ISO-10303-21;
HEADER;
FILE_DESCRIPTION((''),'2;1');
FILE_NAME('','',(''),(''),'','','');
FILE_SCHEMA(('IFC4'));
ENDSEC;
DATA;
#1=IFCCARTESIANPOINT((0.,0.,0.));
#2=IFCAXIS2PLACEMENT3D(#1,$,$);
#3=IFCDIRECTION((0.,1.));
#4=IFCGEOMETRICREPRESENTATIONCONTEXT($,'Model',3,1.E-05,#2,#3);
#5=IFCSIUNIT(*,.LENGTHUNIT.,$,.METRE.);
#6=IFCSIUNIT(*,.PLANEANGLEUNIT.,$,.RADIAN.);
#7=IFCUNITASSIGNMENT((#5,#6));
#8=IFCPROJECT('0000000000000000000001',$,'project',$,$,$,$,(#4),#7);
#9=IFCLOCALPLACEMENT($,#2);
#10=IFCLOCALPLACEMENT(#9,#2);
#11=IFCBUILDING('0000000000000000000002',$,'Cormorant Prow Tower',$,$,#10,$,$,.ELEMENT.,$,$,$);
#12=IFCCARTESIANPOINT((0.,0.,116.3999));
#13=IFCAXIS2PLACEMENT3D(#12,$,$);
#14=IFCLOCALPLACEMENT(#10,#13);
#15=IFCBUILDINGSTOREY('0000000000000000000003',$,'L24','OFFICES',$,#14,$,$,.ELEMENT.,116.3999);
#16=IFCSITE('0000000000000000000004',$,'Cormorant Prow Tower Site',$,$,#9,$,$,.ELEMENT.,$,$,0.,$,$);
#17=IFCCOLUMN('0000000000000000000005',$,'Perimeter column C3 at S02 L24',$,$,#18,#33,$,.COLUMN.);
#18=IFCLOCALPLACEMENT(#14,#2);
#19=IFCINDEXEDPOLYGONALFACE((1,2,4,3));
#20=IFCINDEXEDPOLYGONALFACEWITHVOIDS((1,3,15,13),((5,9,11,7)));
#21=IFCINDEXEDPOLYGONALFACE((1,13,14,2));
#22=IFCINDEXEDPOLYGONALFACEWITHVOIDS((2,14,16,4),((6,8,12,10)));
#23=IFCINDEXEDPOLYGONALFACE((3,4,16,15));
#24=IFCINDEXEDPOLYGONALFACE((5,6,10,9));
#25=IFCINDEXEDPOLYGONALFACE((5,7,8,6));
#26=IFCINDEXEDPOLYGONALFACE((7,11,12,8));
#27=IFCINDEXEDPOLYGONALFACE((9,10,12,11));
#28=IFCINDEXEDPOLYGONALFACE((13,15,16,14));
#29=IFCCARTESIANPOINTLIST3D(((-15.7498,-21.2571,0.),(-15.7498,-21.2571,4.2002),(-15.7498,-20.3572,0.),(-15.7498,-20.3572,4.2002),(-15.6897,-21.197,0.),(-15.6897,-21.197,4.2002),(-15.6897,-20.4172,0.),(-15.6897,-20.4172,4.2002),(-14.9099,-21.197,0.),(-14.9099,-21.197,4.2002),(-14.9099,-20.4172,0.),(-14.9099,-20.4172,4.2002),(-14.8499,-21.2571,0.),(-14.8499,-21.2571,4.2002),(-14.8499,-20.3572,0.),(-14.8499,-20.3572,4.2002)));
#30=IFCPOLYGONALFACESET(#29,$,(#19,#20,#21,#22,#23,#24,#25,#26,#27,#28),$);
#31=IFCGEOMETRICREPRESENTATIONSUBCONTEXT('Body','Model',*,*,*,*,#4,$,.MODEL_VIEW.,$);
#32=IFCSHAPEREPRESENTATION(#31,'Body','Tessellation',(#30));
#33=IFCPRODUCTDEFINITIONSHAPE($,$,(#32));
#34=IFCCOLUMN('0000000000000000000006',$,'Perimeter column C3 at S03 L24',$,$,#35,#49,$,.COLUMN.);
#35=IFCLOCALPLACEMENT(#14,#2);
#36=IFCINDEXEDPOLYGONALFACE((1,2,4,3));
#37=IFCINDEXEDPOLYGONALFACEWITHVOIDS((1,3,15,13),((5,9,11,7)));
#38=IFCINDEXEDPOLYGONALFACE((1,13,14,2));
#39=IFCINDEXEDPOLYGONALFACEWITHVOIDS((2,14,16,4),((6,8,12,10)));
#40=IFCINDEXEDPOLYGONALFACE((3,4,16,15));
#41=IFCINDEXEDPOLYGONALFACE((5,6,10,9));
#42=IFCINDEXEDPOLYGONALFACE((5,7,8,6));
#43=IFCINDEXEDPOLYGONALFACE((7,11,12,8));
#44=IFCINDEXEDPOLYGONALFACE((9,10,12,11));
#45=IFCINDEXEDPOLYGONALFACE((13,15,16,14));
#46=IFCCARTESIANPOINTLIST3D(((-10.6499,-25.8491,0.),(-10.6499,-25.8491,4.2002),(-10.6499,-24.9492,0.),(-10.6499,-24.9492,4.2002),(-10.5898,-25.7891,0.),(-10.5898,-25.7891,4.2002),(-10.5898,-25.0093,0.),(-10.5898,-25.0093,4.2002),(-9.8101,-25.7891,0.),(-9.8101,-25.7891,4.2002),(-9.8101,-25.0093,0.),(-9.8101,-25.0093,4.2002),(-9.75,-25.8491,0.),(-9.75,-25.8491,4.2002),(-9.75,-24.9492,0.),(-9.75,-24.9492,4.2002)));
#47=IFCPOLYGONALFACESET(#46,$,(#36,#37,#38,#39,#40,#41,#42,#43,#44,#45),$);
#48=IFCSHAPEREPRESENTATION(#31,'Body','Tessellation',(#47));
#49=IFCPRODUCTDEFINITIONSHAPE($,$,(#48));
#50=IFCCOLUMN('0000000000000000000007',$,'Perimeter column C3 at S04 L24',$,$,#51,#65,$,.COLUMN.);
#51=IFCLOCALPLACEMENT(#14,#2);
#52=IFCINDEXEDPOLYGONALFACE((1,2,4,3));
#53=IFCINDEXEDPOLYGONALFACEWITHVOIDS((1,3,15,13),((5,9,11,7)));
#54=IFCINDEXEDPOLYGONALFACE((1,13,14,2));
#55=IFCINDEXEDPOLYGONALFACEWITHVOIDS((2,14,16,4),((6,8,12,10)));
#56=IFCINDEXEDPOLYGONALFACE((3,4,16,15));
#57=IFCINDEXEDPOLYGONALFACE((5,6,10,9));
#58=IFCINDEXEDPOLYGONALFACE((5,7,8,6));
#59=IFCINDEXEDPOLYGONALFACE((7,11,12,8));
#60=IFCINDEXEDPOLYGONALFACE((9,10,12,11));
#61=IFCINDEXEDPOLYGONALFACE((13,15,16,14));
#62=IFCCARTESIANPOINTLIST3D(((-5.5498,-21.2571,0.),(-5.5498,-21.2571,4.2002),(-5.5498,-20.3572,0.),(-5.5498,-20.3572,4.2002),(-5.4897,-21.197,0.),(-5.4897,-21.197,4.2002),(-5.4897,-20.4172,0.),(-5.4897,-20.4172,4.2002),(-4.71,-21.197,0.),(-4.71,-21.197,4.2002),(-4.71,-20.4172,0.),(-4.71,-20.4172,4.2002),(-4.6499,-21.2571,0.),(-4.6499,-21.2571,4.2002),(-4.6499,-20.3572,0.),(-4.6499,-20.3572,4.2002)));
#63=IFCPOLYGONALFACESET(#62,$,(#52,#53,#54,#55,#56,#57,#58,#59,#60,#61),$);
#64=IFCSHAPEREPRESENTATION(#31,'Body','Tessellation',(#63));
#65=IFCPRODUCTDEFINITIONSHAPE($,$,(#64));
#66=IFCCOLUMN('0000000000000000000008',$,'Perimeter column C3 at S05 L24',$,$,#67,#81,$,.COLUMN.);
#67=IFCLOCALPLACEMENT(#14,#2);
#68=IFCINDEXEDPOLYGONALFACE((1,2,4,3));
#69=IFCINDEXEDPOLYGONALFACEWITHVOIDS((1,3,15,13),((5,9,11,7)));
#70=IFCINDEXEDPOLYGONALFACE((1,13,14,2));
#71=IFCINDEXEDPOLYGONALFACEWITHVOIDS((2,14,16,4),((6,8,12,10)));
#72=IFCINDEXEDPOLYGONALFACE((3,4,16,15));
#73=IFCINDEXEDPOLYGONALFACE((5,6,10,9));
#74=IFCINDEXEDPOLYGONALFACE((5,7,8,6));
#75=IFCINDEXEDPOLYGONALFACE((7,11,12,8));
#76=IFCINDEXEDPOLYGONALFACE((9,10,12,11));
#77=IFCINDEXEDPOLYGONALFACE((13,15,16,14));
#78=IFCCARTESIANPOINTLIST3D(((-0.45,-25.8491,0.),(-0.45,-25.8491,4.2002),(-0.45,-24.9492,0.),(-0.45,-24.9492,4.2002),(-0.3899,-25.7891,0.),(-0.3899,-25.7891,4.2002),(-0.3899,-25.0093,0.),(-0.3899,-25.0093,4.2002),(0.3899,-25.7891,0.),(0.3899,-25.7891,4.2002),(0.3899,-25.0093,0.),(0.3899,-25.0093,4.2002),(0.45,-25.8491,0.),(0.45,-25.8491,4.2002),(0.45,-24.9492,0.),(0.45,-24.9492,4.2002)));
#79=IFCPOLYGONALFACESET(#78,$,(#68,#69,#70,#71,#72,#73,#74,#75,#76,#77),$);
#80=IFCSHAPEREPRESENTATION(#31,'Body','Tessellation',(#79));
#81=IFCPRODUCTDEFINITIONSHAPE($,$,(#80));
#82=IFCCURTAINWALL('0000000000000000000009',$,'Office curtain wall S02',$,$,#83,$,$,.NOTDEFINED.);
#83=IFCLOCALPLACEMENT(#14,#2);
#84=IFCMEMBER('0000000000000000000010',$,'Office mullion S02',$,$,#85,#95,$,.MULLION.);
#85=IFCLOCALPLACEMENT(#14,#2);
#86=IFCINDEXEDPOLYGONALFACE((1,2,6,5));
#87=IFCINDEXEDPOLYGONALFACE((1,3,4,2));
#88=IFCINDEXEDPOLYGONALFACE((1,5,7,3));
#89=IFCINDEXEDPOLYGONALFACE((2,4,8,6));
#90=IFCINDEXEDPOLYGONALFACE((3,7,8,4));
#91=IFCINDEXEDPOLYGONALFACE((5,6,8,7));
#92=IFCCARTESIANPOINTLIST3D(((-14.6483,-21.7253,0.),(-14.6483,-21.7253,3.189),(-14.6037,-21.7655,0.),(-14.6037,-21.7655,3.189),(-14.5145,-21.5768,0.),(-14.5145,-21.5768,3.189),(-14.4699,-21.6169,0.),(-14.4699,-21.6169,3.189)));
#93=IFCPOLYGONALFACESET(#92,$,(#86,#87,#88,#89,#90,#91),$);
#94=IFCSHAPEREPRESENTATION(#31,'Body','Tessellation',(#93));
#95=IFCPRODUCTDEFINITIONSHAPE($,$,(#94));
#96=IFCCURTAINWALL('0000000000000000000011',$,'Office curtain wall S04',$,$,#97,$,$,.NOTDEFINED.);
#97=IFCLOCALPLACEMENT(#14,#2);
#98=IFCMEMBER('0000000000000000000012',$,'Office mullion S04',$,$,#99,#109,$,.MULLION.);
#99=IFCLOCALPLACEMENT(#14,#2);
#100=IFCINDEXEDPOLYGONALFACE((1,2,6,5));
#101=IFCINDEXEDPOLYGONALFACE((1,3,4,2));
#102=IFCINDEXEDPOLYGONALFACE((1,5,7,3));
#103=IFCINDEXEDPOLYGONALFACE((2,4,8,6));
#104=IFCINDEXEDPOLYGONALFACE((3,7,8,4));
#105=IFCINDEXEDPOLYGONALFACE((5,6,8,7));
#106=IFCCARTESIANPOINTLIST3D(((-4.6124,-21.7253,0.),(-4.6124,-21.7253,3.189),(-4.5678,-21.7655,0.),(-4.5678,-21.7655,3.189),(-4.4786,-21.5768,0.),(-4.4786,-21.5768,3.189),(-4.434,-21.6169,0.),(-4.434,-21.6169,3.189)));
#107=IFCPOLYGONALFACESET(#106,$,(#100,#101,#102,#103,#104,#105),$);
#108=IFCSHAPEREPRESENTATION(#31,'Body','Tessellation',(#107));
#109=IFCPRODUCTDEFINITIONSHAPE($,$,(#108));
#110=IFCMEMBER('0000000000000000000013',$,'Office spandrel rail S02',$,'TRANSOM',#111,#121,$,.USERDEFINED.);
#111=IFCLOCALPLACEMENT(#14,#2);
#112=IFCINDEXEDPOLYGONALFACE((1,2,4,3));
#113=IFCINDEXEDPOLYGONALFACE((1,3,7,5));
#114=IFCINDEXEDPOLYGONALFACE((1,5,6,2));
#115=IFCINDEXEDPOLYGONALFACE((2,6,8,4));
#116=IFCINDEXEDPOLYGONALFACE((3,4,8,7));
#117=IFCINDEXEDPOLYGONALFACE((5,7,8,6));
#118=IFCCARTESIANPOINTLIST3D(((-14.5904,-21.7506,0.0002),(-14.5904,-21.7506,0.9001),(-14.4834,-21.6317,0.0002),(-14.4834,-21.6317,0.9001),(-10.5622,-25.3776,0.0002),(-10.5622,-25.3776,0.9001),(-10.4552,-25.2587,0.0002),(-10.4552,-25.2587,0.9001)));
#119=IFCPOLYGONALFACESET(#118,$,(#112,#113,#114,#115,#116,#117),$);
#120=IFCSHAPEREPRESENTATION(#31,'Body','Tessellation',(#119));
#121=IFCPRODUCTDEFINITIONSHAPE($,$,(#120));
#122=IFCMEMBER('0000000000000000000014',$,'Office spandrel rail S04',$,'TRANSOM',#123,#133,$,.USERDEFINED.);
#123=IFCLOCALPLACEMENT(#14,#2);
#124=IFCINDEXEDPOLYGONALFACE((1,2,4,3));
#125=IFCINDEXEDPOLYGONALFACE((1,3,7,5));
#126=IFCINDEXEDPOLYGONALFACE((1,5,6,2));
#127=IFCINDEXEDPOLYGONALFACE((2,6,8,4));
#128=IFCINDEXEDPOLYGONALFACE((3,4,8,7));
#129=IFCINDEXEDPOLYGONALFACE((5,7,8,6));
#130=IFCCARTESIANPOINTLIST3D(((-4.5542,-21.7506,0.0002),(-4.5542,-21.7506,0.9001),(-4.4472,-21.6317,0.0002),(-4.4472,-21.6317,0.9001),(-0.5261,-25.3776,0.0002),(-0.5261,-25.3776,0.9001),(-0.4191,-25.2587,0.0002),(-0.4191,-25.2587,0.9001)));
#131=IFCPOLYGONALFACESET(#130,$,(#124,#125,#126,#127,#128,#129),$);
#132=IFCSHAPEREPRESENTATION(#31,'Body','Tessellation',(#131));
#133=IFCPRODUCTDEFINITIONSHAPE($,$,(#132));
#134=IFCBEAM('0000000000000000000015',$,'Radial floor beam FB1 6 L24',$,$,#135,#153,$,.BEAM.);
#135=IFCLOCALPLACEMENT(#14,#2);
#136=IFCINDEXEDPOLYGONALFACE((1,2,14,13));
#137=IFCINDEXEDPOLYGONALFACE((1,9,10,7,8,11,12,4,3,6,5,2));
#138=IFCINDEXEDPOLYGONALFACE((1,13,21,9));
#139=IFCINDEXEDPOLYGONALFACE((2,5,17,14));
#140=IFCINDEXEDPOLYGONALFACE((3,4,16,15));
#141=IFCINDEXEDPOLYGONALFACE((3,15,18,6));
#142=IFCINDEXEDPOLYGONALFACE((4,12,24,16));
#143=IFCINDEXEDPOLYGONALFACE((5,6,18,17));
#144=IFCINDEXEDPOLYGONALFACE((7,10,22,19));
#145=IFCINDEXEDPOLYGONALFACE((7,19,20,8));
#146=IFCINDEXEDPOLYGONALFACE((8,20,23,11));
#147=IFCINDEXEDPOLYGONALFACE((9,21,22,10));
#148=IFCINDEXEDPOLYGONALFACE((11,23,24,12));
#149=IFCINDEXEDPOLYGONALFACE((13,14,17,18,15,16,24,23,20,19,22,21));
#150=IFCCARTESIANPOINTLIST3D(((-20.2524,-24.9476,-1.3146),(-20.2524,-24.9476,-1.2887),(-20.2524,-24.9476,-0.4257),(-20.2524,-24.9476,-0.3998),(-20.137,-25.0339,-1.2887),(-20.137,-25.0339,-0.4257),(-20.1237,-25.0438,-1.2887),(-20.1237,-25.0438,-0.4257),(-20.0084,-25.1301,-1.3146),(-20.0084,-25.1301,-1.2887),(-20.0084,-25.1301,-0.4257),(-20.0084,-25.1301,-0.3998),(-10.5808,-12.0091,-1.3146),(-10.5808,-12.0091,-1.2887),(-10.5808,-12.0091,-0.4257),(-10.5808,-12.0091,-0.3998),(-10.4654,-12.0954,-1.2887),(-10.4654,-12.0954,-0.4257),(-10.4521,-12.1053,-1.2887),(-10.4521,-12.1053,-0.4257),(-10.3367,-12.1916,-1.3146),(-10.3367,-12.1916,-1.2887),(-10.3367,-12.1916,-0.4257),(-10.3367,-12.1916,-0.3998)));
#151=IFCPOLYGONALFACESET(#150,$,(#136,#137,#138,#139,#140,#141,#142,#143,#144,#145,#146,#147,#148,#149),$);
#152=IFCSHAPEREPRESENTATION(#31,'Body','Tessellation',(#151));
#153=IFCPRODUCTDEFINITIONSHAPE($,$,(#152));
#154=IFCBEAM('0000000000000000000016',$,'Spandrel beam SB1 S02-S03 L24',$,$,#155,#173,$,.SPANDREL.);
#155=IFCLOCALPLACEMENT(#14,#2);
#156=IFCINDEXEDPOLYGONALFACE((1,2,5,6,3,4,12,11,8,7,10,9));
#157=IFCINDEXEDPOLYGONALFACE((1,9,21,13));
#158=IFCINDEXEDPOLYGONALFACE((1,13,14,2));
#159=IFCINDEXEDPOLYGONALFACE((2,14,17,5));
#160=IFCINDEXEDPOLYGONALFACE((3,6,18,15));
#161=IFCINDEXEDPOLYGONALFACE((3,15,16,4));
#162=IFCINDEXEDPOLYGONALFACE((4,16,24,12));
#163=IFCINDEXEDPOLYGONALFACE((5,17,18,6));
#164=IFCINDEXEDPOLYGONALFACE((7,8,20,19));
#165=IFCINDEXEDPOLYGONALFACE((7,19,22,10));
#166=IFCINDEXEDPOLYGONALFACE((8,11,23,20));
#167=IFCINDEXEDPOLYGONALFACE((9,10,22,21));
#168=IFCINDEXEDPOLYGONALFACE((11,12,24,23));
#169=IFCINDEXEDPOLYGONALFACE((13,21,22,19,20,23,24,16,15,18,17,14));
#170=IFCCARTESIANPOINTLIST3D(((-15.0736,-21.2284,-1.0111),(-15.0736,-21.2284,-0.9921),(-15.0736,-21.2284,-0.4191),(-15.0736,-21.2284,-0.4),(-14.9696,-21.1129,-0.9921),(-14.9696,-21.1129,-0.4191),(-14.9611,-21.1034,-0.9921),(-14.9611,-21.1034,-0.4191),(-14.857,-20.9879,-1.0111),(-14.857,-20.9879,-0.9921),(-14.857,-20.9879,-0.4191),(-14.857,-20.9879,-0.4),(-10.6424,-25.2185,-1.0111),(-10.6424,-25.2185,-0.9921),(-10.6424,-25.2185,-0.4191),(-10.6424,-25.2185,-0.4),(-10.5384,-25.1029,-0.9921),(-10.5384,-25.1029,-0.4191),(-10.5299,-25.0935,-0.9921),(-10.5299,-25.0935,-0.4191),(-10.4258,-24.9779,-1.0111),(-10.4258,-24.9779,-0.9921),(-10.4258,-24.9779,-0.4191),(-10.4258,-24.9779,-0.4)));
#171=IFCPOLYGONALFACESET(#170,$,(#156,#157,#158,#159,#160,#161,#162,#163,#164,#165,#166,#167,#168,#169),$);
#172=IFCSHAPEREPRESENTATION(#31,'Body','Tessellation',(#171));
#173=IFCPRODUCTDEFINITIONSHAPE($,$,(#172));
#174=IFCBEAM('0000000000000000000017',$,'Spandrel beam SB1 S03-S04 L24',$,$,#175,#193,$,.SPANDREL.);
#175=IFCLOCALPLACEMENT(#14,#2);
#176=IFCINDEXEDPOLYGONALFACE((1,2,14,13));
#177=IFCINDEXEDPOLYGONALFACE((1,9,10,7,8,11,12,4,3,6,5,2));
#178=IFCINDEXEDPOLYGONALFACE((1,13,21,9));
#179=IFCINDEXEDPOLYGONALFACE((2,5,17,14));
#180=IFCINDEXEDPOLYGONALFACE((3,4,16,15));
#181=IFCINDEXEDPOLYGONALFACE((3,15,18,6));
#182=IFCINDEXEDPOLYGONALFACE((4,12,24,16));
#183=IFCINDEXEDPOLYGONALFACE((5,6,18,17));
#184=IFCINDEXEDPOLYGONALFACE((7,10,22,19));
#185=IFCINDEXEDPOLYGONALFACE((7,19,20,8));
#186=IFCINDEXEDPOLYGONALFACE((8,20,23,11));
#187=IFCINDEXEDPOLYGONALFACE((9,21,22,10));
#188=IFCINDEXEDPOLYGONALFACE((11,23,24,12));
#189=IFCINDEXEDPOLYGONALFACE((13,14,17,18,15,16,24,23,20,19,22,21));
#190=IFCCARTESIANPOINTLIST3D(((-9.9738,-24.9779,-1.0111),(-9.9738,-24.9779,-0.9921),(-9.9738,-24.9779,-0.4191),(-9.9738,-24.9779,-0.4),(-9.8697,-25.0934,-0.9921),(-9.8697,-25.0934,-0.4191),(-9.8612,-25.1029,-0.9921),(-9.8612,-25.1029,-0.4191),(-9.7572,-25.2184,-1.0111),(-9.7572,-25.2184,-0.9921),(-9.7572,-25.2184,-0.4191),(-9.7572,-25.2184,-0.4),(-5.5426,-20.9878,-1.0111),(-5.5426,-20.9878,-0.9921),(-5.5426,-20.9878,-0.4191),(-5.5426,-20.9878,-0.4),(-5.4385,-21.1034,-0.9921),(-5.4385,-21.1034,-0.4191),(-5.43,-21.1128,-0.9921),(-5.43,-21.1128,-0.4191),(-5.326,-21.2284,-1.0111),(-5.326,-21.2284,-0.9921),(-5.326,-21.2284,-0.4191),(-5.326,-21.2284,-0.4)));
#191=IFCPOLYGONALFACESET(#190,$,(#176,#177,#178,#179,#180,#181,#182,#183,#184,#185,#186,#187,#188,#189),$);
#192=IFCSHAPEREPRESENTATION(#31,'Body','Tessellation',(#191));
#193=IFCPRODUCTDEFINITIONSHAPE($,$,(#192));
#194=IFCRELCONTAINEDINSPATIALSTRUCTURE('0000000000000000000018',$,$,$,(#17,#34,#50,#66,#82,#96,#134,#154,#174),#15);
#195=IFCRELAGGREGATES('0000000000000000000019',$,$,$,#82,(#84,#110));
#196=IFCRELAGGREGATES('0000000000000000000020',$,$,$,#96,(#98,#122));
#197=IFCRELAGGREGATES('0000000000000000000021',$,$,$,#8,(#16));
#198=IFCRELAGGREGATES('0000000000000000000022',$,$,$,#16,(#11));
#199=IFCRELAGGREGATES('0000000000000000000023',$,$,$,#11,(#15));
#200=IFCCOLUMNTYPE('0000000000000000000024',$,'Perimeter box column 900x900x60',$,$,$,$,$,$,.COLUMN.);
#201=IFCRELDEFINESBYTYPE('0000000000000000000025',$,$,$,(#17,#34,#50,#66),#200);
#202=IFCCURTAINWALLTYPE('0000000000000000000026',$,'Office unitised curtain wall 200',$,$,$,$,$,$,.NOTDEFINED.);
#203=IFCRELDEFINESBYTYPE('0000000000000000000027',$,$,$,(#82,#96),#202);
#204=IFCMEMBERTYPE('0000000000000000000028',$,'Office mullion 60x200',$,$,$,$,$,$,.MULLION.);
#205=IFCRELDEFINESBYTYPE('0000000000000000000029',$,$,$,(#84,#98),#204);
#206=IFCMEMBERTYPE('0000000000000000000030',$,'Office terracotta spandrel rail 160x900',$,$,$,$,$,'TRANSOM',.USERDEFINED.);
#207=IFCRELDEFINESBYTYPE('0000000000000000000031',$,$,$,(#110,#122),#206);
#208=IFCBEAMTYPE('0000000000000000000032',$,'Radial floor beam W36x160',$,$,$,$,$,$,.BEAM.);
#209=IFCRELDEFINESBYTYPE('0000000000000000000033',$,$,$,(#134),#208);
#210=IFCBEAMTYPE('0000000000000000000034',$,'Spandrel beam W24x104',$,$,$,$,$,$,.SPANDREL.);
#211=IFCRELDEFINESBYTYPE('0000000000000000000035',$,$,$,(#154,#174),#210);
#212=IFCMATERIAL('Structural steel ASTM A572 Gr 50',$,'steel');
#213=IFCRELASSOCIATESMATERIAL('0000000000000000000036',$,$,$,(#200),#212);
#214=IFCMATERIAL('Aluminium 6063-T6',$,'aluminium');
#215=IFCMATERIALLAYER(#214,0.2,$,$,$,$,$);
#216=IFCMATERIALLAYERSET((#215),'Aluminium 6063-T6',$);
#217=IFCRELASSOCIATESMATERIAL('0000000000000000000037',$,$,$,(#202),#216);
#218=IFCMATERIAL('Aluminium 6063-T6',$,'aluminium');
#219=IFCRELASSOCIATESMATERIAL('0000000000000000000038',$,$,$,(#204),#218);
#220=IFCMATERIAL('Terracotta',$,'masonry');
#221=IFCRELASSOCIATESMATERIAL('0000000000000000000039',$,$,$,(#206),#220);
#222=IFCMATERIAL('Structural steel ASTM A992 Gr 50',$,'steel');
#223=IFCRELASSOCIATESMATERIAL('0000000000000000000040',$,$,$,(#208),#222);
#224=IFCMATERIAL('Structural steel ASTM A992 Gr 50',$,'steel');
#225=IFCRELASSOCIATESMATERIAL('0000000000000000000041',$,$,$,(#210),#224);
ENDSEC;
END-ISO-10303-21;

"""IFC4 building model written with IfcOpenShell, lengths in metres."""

from ifc_helpers import new_model, si_unit, direction, frame, origin, origin_2d, place, context, subcontext, project, spatial, rectangle, hollow_rectangle, i_section, extrude, material, layer, layer_set, material_profile, profile_set, type_object, element, aggregate, save


model = new_model("IFC4")

# Units and contexts
model_context = context("Model", 3, precision=1e-05, world=origin(), true_north=direction((0.0, 1.0)))
body_context = subcontext(model_context, "Body", "Model", "MODEL_VIEW")
ifc_project = project(units=[si_unit("LENGTHUNIT", "METRE"), si_unit("PLANEANGLEUNIT", "RADIAN")], contexts=[model_context])

# Site, building, storey
site_placement = place(None, origin())
site = spatial("IfcSite", under=ifc_project, at=site_placement, Name="Cormorant Prow Tower Site", CompositionType="ELEMENT", RefElevation=0.0)
building_placement = place(site_placement, origin())
building = spatial("IfcBuilding", under=site, at=building_placement, Name="Cormorant Prow Tower", CompositionType="ELEMENT")
storey_placement = place(building_placement, frame((0.0, 0.0, 116.3999)))
storey = spatial("IfcBuildingStorey", under=building, at=storey_placement, Name="L24", Description="OFFICES", CompositionType="ELEMENT", Elevation=116.3999)

# Columns
ifc_material_1 = material(Name="Structural steel ASTM A572 Gr 50", Category="steel")
ifc_material_profile_1 = material_profile(ifc_material_1, hollow_rectangle(XDim=0.8999, YDim=0.8999, WallThickness=0.0601, at=origin_2d()), Name="Box 900x900x60")
ifc_profile_set_1 = profile_set([ifc_material_profile_1], Name="Structural steel ASTM A572 Gr 50")
column_type = type_object("IfcColumnType", Name="Perimeter box column 900x900x60", PredefinedType="COLUMN", material=ifc_profile_set_1)
for number, where, z_axis, x_axis, name in (
    (1, (-15.2998, -20.8071, 0.0), (0.0, 0.0, 1.0), (1.0, 0.0, 0.0), "Perimeter column C3 at S02 L24"),
    (2, (-10.2, -25.3992, 0.0), (0.0, 0.0, 1.0), (1.0, 0.0, 0.0), "Perimeter column C3 at S03 L24"),
    (3, (-5.0999, -20.8071, 0.0), (0.0, 0.0, 1.0), (1.0, 0.0, 0.0), "Perimeter column C3 at S04 L24"),
    (4, (0.0, -25.3992, 0.0), (0.0, 0.0, 1.0), (1.0, 0.0, 0.0), "Perimeter column C3 at S05 L24"),
):
    element("IfcColumn", number, at=place(storey_placement, frame(where, z_axis=z_axis, x_axis=x_axis)), inside=storey, type_object=column_type, Name=name, PredefinedType="COLUMN", context=body_context, shape_type="SweptSolid", body=[
        extrude(hollow_rectangle(XDim=0.8999, YDim=0.8999, WallThickness=0.0601, at=origin_2d()), origin(), (0.0, 0.0, 1.0), 4.2002),
    ])

# Curtain walls, members
ifc_material_2 = material(Name="Aluminium 6063-T6", Category="aluminium")
ifc_layer_1 = layer(ifc_material_2, 0.2)
ifc_layer_set_1 = layer_set([ifc_layer_1], Name="Aluminium 6063-T6")
curtain_wall_type = type_object("IfcCurtainWallType", Name="Office unitised curtain wall 200", PredefinedType="NOTDEFINED", material=ifc_layer_set_1)
curtain_wall_1_placement = place(storey_placement, origin())
curtain_wall_1 = element("IfcCurtainWall", 5, at=curtain_wall_1_placement, inside=storey, type_object=curtain_wall_type, Name="Office curtain wall S02", PredefinedType="NOTDEFINED")
ifc_material_3 = material(Name="Aluminium 6063-T6", Category="aluminium")
ifc_material_profile_2 = material_profile(ifc_material_3, rectangle(XDim=0.2, YDim=0.0601, at=origin_2d()), Name="Office mullion 60x200")
ifc_profile_set_2 = profile_set([ifc_material_profile_2], Name="Aluminium 6063-T6")
member_type_1 = type_object("IfcMemberType", Name="Office mullion 60x200", PredefinedType="MULLION", material=ifc_profile_set_2)
member_1_placement = place(storey_placement, frame((-14.5591, -21.6711, 0.0), z_axis=(0.0, 0.0, 1.0), x_axis=(0.669131, 0.743145, 0.0)))
member_1 = element("IfcMember", 6, at=member_1_placement, type_object=member_type_1, Name="Office mullion S02", PredefinedType="MULLION", context=body_context, shape_type="SweptSolid", body=[
    extrude(rectangle(XDim=0.2, YDim=0.0601, at=origin_2d()), origin(), (0.0, 0.0, 1.0), 3.189),
])
curtain_wall_2_placement = place(storey_placement, origin())
curtain_wall_2 = element("IfcCurtainWall", 7, at=curtain_wall_2_placement, inside=storey, type_object=curtain_wall_type, Name="Office curtain wall S04", PredefinedType="NOTDEFINED")
member_2_placement = place(storey_placement, frame((-4.5232, -21.6711, 0.0), z_axis=(0.0, 0.0, 1.0), x_axis=(0.669131, 0.743145, 0.0)))
member_2 = element("IfcMember", 8, at=member_2_placement, type_object=member_type_1, Name="Office mullion S04", PredefinedType="MULLION", context=body_context, shape_type="SweptSolid", body=[
    extrude(rectangle(XDim=0.2, YDim=0.0601, at=origin_2d()), origin(), (0.0, 0.0, 1.0), 3.189),
])

# Members
ifc_material_4 = material(Name="Terracotta", Category="masonry")
ifc_material_profile_3 = material_profile(ifc_material_4, rectangle(XDim=0.1599, YDim=0.8999, at=origin_2d()), Name="Office terracotta spandrel rail 160x900")
ifc_profile_set_3 = profile_set([ifc_material_profile_3], Name="Terracotta")
member_type_2 = type_object("IfcMemberType", Name="Office terracotta spandrel rail 160x900", ElementType="TRANSOM", PredefinedType="USERDEFINED", material=ifc_profile_set_3)
member_3_placement = place(storey_placement, frame((-14.5369, -21.6912, 0.4502), z_axis=(0.74314, -0.669136, 0.0), x_axis=(0.669136, 0.74314, 0.0)))
member_3 = element("IfcMember", 9, at=member_3_placement, type_object=member_type_2, Name="Office spandrel rail S02", ObjectType="TRANSOM", PredefinedType="USERDEFINED", context=body_context, shape_type="SweptSolid", body=[
    extrude(rectangle(XDim=0.1599, YDim=0.8999, at=origin_2d()), origin(), (0.0, 0.0, 1.0), 5.4204),
])
member_4_placement = place(storey_placement, frame((-4.5007, -21.6912, 0.4502), z_axis=(0.74314, -0.669136, 0.0), x_axis=(0.669136, 0.74314, 0.0)))
member_4 = element("IfcMember", 10, at=member_4_placement, type_object=member_type_2, Name="Office spandrel rail S04", ObjectType="TRANSOM", PredefinedType="USERDEFINED", context=body_context, shape_type="SweptSolid", body=[
    extrude(rectangle(XDim=0.1599, YDim=0.8999, at=origin_2d()), origin(), (0.0, 0.0, 1.0), 5.4204),
])

# Beams
ifc_material_5 = material(Name="Structural steel ASTM A992 Gr 50", Category="steel")
ifc_material_profile_4 = material_profile(ifc_material_5, i_section(OverallWidth=0.3047, OverallDepth=0.9148, WebThickness=0.0166, FlangeThickness=0.0259, at=origin_2d()), Name="W36x160")
ifc_profile_set_4 = profile_set([ifc_material_profile_4], Name="Structural steel ASTM A992 Gr 50")
beam_type_1 = type_object("IfcBeamType", Name="Radial floor beam W36x160", PredefinedType="BEAM", material=ifc_profile_set_4)
beam_placement = place(storey_placement, frame((-10.4587, -12.1003, -0.8572), z_axis=(-0.598722, -0.800957, 0.0), x_axis=(0.800957, -0.598722, 0.0)))
element("IfcBeam", 11, at=beam_placement, inside=storey, type_object=beam_type_1, Name="Radial floor beam FB1 6 L24", PredefinedType="BEAM", context=body_context, shape_type="SweptSolid", body=[
    extrude(i_section(OverallWidth=0.3047, OverallDepth=0.9148, WebThickness=0.0166, FlangeThickness=0.0259, at=origin_2d()), origin(), (0.0, 0.0, 1.0), 16.1538),
])
ifc_material_6 = material(Name="Structural steel ASTM A992 Gr 50", Category="steel")
ifc_material_profile_5 = material_profile(ifc_material_6, i_section(OverallWidth=0.3237, OverallDepth=0.6111, WebThickness=0.0127, FlangeThickness=0.019, at=origin_2d()), Name="W24x104")
ifc_profile_set_5 = profile_set([ifc_material_profile_5], Name="Structural steel ASTM A992 Gr 50")
beam_type_2 = type_object("IfcBeamType", Name="Spandrel beam W24x104", PredefinedType="SPANDREL", material=ifc_profile_set_5)
for number, where, z_axis, x_axis, name in (
    (12, (-14.9653, -21.1082, -0.7056), (0.743131, -0.669146, 0.0), (0.669146, 0.743131, 0.0), "Spandrel beam SB1 S02-S03 L24"),
    (13, (-9.8655, -25.0981, -0.7056), (0.743131, 0.669146, 0.0), (-0.669146, 0.743131, 0.0), "Spandrel beam SB1 S03-S04 L24"),
):
    element("IfcBeam", number, at=place(storey_placement, frame(where, z_axis=z_axis, x_axis=x_axis)), inside=storey, type_object=beam_type_2, Name=name, PredefinedType="SPANDREL", context=body_context, shape_type="SweptSolid", body=[
        extrude(i_section(OverallWidth=0.3237, OverallDepth=0.6111, WebThickness=0.0127, FlangeThickness=0.019, at=origin_2d()), origin(), (0.0, 0.0, 1.0), 5.9629),
    ])

aggregate(curtain_wall_1, [member_1, member_3])
aggregate(curtain_wall_2, [member_2, member_4])

save(model, "model.ifc")
